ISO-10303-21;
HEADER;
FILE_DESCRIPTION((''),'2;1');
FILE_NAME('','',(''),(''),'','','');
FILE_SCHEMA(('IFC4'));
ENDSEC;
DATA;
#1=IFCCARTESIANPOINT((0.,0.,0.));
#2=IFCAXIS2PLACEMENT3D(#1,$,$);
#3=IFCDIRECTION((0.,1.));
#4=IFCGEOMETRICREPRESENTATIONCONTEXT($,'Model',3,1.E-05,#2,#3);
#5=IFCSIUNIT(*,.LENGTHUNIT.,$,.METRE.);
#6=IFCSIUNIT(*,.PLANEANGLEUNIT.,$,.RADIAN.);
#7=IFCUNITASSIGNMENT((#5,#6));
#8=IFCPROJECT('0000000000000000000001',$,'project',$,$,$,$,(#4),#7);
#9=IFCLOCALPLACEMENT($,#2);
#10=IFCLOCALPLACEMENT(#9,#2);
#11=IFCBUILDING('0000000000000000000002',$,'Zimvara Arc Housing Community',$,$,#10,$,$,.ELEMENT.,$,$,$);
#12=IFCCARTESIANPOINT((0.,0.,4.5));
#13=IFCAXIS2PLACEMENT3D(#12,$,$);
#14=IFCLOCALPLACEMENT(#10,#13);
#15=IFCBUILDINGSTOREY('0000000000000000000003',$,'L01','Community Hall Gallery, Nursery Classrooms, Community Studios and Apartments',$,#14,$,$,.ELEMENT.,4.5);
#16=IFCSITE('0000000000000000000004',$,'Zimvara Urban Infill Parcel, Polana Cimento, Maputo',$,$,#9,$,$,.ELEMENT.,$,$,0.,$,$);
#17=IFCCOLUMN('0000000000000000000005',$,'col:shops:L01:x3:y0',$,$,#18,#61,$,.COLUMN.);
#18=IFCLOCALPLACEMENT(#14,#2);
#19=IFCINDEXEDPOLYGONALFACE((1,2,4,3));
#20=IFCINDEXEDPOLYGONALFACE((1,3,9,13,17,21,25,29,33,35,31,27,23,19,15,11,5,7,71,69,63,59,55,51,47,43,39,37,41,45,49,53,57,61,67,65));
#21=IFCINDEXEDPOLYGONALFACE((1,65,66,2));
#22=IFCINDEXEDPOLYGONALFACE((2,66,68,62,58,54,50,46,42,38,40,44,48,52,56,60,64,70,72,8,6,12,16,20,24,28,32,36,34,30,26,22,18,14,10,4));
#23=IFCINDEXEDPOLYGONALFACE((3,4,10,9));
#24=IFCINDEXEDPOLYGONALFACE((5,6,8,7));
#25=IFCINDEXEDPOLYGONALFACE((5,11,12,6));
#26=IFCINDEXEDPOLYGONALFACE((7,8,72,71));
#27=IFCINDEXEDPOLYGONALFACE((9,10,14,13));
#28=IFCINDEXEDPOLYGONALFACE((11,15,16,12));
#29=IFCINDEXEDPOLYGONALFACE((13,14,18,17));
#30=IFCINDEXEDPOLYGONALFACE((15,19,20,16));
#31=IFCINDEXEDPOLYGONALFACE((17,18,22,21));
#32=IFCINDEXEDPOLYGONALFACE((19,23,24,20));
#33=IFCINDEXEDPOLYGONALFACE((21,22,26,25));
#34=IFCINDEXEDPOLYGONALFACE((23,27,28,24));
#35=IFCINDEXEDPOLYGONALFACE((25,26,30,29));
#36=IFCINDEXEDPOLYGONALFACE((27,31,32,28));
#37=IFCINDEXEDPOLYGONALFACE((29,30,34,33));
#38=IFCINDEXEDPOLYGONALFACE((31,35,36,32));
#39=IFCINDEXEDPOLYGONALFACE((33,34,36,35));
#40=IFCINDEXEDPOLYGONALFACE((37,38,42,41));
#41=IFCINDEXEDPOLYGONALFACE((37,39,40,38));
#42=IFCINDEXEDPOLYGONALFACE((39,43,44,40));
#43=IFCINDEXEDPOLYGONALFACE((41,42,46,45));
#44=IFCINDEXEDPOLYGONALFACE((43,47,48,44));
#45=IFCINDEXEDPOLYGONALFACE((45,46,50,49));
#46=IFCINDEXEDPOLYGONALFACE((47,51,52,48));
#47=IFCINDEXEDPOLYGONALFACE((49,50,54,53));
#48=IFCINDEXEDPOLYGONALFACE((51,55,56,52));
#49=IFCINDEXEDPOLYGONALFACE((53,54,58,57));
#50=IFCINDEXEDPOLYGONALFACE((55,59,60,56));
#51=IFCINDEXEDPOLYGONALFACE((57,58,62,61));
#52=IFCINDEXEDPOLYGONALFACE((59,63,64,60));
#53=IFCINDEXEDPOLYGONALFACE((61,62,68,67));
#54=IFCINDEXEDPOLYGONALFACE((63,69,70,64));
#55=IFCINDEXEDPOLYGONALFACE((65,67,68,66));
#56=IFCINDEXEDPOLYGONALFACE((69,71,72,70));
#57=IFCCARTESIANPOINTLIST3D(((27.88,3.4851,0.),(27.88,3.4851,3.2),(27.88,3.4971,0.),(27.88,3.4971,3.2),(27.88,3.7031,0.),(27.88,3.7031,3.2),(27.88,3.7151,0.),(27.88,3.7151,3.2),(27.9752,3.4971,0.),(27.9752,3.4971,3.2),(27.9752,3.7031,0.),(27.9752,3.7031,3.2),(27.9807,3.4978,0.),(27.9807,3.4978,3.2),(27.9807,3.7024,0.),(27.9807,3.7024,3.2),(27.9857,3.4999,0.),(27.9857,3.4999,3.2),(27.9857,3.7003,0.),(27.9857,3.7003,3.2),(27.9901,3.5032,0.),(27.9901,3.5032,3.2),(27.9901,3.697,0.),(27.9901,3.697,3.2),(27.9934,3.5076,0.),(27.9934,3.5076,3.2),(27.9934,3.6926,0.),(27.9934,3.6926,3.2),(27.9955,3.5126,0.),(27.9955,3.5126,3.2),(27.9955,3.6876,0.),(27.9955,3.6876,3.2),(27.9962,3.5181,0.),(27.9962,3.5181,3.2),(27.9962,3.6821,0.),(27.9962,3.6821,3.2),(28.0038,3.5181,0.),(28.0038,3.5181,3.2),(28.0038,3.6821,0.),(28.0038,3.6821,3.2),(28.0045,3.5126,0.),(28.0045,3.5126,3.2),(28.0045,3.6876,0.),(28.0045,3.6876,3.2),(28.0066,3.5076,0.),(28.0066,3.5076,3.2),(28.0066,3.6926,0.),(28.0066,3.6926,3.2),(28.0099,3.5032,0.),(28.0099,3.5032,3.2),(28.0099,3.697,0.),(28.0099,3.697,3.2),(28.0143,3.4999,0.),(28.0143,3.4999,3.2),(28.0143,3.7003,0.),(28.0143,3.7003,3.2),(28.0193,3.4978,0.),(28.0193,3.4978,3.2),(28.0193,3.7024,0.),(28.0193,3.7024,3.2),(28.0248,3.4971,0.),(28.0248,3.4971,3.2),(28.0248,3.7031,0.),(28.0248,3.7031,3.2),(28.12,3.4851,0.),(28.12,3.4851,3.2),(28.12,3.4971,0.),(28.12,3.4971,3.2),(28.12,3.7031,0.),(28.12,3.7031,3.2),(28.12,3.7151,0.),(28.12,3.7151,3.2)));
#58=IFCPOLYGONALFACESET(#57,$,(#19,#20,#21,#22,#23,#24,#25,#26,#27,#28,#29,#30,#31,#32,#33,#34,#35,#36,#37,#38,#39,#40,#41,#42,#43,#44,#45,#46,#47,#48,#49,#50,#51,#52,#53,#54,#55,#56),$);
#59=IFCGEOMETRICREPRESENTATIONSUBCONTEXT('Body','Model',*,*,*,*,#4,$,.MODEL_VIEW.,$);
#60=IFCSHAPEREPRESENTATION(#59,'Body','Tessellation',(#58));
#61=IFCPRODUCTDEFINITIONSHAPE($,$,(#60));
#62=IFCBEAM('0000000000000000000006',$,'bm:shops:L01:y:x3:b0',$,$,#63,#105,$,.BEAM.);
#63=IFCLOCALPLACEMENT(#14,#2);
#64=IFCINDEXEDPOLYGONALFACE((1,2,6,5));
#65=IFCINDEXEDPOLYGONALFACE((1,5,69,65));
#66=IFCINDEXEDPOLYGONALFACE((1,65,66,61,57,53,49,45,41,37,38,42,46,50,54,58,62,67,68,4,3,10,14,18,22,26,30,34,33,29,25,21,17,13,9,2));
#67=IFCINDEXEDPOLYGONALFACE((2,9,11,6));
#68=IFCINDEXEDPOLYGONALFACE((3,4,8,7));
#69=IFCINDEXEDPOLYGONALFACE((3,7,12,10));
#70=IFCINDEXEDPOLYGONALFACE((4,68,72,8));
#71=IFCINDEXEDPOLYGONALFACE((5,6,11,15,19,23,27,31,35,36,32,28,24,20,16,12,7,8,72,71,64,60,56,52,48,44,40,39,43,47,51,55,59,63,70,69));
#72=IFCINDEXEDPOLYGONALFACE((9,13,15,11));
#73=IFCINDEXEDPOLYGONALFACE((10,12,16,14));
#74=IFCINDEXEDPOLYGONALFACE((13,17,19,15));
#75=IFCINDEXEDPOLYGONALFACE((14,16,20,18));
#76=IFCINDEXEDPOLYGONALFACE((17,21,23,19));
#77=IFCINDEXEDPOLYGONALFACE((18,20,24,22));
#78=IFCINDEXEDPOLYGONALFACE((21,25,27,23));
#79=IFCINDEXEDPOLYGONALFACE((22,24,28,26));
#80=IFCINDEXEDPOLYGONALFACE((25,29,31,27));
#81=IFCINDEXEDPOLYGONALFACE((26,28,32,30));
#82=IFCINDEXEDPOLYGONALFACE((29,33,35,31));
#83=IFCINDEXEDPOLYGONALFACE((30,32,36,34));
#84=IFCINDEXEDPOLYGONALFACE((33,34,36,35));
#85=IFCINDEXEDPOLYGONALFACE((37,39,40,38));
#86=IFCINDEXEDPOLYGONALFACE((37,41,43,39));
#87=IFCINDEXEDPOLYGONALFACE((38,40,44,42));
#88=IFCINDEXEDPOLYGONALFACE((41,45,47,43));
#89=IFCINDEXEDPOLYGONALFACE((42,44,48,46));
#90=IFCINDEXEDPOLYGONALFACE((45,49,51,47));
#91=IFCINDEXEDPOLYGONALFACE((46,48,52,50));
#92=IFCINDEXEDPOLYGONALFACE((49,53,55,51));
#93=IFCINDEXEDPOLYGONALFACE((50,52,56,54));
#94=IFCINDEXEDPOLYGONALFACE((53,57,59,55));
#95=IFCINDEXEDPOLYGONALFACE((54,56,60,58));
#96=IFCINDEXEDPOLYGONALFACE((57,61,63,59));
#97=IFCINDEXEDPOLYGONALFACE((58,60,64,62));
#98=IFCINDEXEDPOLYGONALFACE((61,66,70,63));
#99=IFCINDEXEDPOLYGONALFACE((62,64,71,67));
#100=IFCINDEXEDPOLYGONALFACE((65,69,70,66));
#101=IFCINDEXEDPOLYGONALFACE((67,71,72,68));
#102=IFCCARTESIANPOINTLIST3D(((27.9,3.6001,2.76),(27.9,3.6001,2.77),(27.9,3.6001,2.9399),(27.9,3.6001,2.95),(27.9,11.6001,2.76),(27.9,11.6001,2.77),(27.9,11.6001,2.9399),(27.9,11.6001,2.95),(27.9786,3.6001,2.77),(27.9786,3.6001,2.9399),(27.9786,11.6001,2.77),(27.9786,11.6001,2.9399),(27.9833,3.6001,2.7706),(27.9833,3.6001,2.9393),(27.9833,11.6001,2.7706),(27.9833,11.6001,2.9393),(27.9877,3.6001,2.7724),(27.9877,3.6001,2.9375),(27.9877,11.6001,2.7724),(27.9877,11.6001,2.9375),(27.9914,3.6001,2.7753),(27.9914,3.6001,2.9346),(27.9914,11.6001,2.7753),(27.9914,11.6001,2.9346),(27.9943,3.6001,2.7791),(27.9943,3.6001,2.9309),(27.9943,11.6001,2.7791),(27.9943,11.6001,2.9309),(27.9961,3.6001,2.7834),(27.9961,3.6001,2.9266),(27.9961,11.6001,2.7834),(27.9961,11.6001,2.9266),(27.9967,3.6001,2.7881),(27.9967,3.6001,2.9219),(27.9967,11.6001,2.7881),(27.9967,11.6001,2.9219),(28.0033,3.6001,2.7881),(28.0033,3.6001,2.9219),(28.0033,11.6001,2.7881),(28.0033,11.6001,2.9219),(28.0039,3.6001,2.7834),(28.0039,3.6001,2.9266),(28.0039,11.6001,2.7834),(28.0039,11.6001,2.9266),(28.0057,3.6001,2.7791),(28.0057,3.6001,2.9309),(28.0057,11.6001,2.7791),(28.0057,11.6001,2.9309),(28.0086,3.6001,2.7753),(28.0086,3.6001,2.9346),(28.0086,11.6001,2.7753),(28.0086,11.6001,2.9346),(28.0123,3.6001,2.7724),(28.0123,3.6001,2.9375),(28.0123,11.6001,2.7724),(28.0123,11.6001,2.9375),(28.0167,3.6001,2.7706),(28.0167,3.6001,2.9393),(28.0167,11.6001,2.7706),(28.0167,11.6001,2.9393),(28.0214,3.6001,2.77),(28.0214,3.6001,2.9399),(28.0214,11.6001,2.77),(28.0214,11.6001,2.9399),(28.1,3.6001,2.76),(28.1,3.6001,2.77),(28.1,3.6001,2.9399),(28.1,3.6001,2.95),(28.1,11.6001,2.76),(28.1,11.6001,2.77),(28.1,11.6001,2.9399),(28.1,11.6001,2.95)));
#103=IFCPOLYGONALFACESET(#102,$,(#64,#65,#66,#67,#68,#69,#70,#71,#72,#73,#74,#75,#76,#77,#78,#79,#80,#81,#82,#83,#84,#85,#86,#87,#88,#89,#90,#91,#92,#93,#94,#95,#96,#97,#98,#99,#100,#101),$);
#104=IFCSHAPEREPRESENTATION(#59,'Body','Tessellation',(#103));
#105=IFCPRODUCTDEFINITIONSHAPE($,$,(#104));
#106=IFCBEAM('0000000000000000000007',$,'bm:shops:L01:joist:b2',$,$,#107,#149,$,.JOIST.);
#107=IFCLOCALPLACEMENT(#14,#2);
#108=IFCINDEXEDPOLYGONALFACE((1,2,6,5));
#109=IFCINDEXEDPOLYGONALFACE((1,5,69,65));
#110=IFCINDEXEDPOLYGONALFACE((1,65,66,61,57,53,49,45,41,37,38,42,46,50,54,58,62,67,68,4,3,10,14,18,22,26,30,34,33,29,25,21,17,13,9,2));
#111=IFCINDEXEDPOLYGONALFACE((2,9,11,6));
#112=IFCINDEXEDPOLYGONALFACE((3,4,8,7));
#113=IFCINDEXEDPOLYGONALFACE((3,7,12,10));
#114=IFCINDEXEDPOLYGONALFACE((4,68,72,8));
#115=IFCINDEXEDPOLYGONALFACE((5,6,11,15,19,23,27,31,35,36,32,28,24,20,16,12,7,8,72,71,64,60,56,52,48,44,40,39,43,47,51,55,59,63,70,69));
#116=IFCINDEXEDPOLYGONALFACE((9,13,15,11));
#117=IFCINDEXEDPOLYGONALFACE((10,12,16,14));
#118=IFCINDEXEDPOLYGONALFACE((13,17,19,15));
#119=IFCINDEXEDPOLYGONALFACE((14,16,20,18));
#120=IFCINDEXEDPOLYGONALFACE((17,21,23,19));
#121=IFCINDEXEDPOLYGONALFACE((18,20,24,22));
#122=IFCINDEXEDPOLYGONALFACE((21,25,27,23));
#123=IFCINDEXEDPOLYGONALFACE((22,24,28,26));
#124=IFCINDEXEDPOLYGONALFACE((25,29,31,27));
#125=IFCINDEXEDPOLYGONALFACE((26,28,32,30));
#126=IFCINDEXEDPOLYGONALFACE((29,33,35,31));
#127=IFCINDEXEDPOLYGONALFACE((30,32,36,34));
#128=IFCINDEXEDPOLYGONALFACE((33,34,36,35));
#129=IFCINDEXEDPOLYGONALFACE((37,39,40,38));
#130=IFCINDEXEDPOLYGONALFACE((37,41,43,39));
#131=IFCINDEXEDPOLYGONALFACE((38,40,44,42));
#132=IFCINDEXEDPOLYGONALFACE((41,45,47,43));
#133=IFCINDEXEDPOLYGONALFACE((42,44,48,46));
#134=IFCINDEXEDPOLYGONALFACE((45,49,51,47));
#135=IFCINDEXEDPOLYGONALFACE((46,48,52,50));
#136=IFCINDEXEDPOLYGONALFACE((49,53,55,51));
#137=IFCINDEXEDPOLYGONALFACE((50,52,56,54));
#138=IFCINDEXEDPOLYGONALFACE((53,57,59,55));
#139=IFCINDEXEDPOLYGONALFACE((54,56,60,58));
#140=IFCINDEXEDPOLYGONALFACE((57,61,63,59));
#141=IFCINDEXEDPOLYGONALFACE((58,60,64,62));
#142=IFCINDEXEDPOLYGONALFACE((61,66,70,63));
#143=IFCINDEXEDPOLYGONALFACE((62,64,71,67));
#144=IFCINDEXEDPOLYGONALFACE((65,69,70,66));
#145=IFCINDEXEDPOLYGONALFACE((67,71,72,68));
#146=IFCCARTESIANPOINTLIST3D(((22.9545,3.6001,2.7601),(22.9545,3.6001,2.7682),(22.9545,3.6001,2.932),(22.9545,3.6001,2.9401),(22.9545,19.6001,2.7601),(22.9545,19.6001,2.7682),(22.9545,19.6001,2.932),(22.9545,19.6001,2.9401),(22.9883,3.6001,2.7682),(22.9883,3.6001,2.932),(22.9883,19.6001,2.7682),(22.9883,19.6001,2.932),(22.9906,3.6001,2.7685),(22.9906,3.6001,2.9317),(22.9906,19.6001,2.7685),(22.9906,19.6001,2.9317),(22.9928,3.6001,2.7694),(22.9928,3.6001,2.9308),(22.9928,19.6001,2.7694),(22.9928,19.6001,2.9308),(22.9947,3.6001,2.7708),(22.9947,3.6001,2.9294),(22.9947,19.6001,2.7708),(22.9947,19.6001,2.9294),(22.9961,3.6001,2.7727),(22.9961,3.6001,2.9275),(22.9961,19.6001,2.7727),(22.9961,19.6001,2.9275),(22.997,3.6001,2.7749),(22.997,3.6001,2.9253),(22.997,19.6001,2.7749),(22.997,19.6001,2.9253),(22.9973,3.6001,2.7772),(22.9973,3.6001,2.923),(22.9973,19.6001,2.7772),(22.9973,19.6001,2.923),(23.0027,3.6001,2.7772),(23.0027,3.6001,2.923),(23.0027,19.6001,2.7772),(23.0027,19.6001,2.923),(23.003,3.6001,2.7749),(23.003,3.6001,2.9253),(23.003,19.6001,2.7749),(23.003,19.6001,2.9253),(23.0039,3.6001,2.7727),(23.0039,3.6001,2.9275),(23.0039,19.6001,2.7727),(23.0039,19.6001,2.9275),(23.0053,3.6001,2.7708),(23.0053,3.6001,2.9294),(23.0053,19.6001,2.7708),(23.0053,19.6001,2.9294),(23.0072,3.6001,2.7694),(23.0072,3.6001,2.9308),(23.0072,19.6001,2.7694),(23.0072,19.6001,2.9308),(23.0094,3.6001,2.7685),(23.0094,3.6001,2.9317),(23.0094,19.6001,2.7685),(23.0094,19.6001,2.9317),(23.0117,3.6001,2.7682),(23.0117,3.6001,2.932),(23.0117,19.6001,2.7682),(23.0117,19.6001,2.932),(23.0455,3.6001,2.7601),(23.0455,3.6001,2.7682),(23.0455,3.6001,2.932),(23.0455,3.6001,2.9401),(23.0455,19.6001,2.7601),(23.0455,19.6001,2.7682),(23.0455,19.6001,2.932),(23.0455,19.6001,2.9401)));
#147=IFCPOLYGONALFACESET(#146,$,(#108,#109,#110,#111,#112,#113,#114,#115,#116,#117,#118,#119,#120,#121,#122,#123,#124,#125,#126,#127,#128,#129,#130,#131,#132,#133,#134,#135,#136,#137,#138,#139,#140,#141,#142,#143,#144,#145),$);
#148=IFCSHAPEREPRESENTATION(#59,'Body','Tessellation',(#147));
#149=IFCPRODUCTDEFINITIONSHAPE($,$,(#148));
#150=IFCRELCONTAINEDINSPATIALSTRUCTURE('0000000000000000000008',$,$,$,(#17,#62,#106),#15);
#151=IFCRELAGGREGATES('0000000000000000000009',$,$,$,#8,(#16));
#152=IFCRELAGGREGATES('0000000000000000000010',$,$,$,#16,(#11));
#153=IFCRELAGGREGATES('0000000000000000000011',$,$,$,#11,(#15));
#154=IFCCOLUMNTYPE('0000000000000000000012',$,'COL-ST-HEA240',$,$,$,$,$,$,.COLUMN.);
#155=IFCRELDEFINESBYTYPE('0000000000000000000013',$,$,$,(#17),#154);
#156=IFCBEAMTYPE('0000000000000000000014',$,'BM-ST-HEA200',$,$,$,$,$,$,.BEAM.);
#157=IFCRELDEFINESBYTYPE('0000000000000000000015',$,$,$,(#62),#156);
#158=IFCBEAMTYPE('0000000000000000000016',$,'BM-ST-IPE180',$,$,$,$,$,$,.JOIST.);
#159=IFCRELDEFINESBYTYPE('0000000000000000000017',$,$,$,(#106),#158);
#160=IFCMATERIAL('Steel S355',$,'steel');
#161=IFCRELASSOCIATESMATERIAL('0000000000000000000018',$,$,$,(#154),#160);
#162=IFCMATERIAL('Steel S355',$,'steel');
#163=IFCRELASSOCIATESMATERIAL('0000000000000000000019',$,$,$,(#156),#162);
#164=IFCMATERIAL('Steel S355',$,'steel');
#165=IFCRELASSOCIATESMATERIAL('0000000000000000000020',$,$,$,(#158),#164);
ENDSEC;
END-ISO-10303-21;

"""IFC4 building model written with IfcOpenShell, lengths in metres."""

from ifc_helpers import new_model, si_unit, direction, frame, origin, origin_2d, place, context, subcontext, project, spatial, i_section, extrude, material, material_profile, profile_set, type_object, element, save


model = new_model("IFC4")

# Units and contexts
model_context = context("Model", 3, precision=1e-05, world=origin(), true_north=direction((0.0, 1.0)))
body_context = subcontext(model_context, "Body", "Model", "MODEL_VIEW")
ifc_project = project(units=[si_unit("LENGTHUNIT", "METRE"), si_unit("PLANEANGLEUNIT", "RADIAN")], contexts=[model_context])

# Site, building, storey
site_placement = place(None, origin())
site = spatial("IfcSite", under=ifc_project, at=site_placement, Name="Zimvara Urban Infill Parcel, Polana Cimento, Maputo", CompositionType="ELEMENT", RefElevation=0.0)
building_placement = place(site_placement, origin())
building = spatial("IfcBuilding", under=site, at=building_placement, Name="Zimvara Arc Housing Community", CompositionType="ELEMENT")
storey_placement = place(building_placement, frame((0.0, 0.0, 4.5)))
storey = spatial("IfcBuildingStorey", under=building, at=storey_placement, Name="L01", Description="Community Hall Gallery, Nursery Classrooms, Community Studios and Apartments", CompositionType="ELEMENT", Elevation=4.5)

# Column
ifc_material_1 = material(Name="Steel S355", Category="steel")
ifc_material_profile_1 = material_profile(ifc_material_1, i_section(OverallWidth=0.24, OverallDepth=0.23, WebThickness=0.0076, FlangeThickness=0.012, FilletRadius=0.021, at=origin_2d()), Name="HEA 240")
ifc_profile_set_1 = profile_set([ifc_material_profile_1], Name="Steel S355")
column_type = type_object("IfcColumnType", Name="COL-ST-HEA240", PredefinedType="COLUMN", material=ifc_profile_set_1)
column_placement = place(storey_placement, frame((28.0, 3.6001, 0.0), z_axis=(0.0, 0.0, 1.0), x_axis=(1.0, 0.0, 0.0)))
element("IfcColumn", 1, at=column_placement, inside=storey, type_object=column_type, Name="col:shops:L01:x3:y0", PredefinedType="COLUMN", context=body_context, shape_type="SweptSolid", body=[
    extrude(i_section(OverallWidth=0.24, OverallDepth=0.23, WebThickness=0.0076, FlangeThickness=0.012, FilletRadius=0.021, at=origin_2d()), origin(), (0.0, 0.0, 1.0), 3.2),
])

# Beams
ifc_material_2 = material(Name="Steel S355", Category="steel")
ifc_material_profile_2 = material_profile(ifc_material_2, i_section(OverallWidth=0.2, OverallDepth=0.1899, WebThickness=0.0066, FlangeThickness=0.01, FilletRadius=0.0181, at=origin_2d()), Name="HEA 200")
ifc_profile_set_2 = profile_set([ifc_material_profile_2], Name="Steel S355")
beam_type_1 = type_object("IfcBeamType", Name="BM-ST-HEA200", PredefinedType="BEAM", material=ifc_profile_set_2)
beam_1_placement = place(storey_placement, frame((28.0, 3.6001, 2.855), z_axis=(0.0, 1.0, 0.0), x_axis=(-1.0, 0.0, 0.0)))
element("IfcBeam", 2, at=beam_1_placement, inside=storey, type_object=beam_type_1, Name="bm:shops:L01:y:x3:b0", PredefinedType="BEAM", context=body_context, shape_type="SweptSolid", body=[
    extrude(i_section(OverallWidth=0.2, OverallDepth=0.1899, WebThickness=0.0066, FlangeThickness=0.01, FilletRadius=0.0181, at=origin_2d()), origin(), (0.0, 0.0, 1.0), 8.0),
])
ifc_material_3 = material(Name="Steel S355", Category="steel")
ifc_material_profile_3 = material_profile(ifc_material_3, i_section(OverallWidth=0.0911, OverallDepth=0.1799, WebThickness=0.0054, FlangeThickness=0.0081, FilletRadius=0.009, at=origin_2d()), Name="IPE 180")
ifc_profile_set_3 = profile_set([ifc_material_profile_3], Name="Steel S355")
beam_type_2 = type_object("IfcBeamType", Name="BM-ST-IPE180", PredefinedType="JOIST", material=ifc_profile_set_3)
beam_2_placement = place(storey_placement, frame((23.0, 3.6001, 2.8501), z_axis=(0.0, 1.0, 0.0), x_axis=(-1.0, 0.0, 0.0)))
element("IfcBeam", 3, at=beam_2_placement, inside=storey, type_object=beam_type_2, Name="bm:shops:L01:joist:b2", PredefinedType="JOIST", context=body_context, shape_type="SweptSolid", body=[
    extrude(i_section(OverallWidth=0.0911, OverallDepth=0.1799, WebThickness=0.0054, FlangeThickness=0.0081, FilletRadius=0.009, at=origin_2d()), origin(), (0.0, 0.0, 1.0), 16.0),
])

save(model, "model.ifc")
